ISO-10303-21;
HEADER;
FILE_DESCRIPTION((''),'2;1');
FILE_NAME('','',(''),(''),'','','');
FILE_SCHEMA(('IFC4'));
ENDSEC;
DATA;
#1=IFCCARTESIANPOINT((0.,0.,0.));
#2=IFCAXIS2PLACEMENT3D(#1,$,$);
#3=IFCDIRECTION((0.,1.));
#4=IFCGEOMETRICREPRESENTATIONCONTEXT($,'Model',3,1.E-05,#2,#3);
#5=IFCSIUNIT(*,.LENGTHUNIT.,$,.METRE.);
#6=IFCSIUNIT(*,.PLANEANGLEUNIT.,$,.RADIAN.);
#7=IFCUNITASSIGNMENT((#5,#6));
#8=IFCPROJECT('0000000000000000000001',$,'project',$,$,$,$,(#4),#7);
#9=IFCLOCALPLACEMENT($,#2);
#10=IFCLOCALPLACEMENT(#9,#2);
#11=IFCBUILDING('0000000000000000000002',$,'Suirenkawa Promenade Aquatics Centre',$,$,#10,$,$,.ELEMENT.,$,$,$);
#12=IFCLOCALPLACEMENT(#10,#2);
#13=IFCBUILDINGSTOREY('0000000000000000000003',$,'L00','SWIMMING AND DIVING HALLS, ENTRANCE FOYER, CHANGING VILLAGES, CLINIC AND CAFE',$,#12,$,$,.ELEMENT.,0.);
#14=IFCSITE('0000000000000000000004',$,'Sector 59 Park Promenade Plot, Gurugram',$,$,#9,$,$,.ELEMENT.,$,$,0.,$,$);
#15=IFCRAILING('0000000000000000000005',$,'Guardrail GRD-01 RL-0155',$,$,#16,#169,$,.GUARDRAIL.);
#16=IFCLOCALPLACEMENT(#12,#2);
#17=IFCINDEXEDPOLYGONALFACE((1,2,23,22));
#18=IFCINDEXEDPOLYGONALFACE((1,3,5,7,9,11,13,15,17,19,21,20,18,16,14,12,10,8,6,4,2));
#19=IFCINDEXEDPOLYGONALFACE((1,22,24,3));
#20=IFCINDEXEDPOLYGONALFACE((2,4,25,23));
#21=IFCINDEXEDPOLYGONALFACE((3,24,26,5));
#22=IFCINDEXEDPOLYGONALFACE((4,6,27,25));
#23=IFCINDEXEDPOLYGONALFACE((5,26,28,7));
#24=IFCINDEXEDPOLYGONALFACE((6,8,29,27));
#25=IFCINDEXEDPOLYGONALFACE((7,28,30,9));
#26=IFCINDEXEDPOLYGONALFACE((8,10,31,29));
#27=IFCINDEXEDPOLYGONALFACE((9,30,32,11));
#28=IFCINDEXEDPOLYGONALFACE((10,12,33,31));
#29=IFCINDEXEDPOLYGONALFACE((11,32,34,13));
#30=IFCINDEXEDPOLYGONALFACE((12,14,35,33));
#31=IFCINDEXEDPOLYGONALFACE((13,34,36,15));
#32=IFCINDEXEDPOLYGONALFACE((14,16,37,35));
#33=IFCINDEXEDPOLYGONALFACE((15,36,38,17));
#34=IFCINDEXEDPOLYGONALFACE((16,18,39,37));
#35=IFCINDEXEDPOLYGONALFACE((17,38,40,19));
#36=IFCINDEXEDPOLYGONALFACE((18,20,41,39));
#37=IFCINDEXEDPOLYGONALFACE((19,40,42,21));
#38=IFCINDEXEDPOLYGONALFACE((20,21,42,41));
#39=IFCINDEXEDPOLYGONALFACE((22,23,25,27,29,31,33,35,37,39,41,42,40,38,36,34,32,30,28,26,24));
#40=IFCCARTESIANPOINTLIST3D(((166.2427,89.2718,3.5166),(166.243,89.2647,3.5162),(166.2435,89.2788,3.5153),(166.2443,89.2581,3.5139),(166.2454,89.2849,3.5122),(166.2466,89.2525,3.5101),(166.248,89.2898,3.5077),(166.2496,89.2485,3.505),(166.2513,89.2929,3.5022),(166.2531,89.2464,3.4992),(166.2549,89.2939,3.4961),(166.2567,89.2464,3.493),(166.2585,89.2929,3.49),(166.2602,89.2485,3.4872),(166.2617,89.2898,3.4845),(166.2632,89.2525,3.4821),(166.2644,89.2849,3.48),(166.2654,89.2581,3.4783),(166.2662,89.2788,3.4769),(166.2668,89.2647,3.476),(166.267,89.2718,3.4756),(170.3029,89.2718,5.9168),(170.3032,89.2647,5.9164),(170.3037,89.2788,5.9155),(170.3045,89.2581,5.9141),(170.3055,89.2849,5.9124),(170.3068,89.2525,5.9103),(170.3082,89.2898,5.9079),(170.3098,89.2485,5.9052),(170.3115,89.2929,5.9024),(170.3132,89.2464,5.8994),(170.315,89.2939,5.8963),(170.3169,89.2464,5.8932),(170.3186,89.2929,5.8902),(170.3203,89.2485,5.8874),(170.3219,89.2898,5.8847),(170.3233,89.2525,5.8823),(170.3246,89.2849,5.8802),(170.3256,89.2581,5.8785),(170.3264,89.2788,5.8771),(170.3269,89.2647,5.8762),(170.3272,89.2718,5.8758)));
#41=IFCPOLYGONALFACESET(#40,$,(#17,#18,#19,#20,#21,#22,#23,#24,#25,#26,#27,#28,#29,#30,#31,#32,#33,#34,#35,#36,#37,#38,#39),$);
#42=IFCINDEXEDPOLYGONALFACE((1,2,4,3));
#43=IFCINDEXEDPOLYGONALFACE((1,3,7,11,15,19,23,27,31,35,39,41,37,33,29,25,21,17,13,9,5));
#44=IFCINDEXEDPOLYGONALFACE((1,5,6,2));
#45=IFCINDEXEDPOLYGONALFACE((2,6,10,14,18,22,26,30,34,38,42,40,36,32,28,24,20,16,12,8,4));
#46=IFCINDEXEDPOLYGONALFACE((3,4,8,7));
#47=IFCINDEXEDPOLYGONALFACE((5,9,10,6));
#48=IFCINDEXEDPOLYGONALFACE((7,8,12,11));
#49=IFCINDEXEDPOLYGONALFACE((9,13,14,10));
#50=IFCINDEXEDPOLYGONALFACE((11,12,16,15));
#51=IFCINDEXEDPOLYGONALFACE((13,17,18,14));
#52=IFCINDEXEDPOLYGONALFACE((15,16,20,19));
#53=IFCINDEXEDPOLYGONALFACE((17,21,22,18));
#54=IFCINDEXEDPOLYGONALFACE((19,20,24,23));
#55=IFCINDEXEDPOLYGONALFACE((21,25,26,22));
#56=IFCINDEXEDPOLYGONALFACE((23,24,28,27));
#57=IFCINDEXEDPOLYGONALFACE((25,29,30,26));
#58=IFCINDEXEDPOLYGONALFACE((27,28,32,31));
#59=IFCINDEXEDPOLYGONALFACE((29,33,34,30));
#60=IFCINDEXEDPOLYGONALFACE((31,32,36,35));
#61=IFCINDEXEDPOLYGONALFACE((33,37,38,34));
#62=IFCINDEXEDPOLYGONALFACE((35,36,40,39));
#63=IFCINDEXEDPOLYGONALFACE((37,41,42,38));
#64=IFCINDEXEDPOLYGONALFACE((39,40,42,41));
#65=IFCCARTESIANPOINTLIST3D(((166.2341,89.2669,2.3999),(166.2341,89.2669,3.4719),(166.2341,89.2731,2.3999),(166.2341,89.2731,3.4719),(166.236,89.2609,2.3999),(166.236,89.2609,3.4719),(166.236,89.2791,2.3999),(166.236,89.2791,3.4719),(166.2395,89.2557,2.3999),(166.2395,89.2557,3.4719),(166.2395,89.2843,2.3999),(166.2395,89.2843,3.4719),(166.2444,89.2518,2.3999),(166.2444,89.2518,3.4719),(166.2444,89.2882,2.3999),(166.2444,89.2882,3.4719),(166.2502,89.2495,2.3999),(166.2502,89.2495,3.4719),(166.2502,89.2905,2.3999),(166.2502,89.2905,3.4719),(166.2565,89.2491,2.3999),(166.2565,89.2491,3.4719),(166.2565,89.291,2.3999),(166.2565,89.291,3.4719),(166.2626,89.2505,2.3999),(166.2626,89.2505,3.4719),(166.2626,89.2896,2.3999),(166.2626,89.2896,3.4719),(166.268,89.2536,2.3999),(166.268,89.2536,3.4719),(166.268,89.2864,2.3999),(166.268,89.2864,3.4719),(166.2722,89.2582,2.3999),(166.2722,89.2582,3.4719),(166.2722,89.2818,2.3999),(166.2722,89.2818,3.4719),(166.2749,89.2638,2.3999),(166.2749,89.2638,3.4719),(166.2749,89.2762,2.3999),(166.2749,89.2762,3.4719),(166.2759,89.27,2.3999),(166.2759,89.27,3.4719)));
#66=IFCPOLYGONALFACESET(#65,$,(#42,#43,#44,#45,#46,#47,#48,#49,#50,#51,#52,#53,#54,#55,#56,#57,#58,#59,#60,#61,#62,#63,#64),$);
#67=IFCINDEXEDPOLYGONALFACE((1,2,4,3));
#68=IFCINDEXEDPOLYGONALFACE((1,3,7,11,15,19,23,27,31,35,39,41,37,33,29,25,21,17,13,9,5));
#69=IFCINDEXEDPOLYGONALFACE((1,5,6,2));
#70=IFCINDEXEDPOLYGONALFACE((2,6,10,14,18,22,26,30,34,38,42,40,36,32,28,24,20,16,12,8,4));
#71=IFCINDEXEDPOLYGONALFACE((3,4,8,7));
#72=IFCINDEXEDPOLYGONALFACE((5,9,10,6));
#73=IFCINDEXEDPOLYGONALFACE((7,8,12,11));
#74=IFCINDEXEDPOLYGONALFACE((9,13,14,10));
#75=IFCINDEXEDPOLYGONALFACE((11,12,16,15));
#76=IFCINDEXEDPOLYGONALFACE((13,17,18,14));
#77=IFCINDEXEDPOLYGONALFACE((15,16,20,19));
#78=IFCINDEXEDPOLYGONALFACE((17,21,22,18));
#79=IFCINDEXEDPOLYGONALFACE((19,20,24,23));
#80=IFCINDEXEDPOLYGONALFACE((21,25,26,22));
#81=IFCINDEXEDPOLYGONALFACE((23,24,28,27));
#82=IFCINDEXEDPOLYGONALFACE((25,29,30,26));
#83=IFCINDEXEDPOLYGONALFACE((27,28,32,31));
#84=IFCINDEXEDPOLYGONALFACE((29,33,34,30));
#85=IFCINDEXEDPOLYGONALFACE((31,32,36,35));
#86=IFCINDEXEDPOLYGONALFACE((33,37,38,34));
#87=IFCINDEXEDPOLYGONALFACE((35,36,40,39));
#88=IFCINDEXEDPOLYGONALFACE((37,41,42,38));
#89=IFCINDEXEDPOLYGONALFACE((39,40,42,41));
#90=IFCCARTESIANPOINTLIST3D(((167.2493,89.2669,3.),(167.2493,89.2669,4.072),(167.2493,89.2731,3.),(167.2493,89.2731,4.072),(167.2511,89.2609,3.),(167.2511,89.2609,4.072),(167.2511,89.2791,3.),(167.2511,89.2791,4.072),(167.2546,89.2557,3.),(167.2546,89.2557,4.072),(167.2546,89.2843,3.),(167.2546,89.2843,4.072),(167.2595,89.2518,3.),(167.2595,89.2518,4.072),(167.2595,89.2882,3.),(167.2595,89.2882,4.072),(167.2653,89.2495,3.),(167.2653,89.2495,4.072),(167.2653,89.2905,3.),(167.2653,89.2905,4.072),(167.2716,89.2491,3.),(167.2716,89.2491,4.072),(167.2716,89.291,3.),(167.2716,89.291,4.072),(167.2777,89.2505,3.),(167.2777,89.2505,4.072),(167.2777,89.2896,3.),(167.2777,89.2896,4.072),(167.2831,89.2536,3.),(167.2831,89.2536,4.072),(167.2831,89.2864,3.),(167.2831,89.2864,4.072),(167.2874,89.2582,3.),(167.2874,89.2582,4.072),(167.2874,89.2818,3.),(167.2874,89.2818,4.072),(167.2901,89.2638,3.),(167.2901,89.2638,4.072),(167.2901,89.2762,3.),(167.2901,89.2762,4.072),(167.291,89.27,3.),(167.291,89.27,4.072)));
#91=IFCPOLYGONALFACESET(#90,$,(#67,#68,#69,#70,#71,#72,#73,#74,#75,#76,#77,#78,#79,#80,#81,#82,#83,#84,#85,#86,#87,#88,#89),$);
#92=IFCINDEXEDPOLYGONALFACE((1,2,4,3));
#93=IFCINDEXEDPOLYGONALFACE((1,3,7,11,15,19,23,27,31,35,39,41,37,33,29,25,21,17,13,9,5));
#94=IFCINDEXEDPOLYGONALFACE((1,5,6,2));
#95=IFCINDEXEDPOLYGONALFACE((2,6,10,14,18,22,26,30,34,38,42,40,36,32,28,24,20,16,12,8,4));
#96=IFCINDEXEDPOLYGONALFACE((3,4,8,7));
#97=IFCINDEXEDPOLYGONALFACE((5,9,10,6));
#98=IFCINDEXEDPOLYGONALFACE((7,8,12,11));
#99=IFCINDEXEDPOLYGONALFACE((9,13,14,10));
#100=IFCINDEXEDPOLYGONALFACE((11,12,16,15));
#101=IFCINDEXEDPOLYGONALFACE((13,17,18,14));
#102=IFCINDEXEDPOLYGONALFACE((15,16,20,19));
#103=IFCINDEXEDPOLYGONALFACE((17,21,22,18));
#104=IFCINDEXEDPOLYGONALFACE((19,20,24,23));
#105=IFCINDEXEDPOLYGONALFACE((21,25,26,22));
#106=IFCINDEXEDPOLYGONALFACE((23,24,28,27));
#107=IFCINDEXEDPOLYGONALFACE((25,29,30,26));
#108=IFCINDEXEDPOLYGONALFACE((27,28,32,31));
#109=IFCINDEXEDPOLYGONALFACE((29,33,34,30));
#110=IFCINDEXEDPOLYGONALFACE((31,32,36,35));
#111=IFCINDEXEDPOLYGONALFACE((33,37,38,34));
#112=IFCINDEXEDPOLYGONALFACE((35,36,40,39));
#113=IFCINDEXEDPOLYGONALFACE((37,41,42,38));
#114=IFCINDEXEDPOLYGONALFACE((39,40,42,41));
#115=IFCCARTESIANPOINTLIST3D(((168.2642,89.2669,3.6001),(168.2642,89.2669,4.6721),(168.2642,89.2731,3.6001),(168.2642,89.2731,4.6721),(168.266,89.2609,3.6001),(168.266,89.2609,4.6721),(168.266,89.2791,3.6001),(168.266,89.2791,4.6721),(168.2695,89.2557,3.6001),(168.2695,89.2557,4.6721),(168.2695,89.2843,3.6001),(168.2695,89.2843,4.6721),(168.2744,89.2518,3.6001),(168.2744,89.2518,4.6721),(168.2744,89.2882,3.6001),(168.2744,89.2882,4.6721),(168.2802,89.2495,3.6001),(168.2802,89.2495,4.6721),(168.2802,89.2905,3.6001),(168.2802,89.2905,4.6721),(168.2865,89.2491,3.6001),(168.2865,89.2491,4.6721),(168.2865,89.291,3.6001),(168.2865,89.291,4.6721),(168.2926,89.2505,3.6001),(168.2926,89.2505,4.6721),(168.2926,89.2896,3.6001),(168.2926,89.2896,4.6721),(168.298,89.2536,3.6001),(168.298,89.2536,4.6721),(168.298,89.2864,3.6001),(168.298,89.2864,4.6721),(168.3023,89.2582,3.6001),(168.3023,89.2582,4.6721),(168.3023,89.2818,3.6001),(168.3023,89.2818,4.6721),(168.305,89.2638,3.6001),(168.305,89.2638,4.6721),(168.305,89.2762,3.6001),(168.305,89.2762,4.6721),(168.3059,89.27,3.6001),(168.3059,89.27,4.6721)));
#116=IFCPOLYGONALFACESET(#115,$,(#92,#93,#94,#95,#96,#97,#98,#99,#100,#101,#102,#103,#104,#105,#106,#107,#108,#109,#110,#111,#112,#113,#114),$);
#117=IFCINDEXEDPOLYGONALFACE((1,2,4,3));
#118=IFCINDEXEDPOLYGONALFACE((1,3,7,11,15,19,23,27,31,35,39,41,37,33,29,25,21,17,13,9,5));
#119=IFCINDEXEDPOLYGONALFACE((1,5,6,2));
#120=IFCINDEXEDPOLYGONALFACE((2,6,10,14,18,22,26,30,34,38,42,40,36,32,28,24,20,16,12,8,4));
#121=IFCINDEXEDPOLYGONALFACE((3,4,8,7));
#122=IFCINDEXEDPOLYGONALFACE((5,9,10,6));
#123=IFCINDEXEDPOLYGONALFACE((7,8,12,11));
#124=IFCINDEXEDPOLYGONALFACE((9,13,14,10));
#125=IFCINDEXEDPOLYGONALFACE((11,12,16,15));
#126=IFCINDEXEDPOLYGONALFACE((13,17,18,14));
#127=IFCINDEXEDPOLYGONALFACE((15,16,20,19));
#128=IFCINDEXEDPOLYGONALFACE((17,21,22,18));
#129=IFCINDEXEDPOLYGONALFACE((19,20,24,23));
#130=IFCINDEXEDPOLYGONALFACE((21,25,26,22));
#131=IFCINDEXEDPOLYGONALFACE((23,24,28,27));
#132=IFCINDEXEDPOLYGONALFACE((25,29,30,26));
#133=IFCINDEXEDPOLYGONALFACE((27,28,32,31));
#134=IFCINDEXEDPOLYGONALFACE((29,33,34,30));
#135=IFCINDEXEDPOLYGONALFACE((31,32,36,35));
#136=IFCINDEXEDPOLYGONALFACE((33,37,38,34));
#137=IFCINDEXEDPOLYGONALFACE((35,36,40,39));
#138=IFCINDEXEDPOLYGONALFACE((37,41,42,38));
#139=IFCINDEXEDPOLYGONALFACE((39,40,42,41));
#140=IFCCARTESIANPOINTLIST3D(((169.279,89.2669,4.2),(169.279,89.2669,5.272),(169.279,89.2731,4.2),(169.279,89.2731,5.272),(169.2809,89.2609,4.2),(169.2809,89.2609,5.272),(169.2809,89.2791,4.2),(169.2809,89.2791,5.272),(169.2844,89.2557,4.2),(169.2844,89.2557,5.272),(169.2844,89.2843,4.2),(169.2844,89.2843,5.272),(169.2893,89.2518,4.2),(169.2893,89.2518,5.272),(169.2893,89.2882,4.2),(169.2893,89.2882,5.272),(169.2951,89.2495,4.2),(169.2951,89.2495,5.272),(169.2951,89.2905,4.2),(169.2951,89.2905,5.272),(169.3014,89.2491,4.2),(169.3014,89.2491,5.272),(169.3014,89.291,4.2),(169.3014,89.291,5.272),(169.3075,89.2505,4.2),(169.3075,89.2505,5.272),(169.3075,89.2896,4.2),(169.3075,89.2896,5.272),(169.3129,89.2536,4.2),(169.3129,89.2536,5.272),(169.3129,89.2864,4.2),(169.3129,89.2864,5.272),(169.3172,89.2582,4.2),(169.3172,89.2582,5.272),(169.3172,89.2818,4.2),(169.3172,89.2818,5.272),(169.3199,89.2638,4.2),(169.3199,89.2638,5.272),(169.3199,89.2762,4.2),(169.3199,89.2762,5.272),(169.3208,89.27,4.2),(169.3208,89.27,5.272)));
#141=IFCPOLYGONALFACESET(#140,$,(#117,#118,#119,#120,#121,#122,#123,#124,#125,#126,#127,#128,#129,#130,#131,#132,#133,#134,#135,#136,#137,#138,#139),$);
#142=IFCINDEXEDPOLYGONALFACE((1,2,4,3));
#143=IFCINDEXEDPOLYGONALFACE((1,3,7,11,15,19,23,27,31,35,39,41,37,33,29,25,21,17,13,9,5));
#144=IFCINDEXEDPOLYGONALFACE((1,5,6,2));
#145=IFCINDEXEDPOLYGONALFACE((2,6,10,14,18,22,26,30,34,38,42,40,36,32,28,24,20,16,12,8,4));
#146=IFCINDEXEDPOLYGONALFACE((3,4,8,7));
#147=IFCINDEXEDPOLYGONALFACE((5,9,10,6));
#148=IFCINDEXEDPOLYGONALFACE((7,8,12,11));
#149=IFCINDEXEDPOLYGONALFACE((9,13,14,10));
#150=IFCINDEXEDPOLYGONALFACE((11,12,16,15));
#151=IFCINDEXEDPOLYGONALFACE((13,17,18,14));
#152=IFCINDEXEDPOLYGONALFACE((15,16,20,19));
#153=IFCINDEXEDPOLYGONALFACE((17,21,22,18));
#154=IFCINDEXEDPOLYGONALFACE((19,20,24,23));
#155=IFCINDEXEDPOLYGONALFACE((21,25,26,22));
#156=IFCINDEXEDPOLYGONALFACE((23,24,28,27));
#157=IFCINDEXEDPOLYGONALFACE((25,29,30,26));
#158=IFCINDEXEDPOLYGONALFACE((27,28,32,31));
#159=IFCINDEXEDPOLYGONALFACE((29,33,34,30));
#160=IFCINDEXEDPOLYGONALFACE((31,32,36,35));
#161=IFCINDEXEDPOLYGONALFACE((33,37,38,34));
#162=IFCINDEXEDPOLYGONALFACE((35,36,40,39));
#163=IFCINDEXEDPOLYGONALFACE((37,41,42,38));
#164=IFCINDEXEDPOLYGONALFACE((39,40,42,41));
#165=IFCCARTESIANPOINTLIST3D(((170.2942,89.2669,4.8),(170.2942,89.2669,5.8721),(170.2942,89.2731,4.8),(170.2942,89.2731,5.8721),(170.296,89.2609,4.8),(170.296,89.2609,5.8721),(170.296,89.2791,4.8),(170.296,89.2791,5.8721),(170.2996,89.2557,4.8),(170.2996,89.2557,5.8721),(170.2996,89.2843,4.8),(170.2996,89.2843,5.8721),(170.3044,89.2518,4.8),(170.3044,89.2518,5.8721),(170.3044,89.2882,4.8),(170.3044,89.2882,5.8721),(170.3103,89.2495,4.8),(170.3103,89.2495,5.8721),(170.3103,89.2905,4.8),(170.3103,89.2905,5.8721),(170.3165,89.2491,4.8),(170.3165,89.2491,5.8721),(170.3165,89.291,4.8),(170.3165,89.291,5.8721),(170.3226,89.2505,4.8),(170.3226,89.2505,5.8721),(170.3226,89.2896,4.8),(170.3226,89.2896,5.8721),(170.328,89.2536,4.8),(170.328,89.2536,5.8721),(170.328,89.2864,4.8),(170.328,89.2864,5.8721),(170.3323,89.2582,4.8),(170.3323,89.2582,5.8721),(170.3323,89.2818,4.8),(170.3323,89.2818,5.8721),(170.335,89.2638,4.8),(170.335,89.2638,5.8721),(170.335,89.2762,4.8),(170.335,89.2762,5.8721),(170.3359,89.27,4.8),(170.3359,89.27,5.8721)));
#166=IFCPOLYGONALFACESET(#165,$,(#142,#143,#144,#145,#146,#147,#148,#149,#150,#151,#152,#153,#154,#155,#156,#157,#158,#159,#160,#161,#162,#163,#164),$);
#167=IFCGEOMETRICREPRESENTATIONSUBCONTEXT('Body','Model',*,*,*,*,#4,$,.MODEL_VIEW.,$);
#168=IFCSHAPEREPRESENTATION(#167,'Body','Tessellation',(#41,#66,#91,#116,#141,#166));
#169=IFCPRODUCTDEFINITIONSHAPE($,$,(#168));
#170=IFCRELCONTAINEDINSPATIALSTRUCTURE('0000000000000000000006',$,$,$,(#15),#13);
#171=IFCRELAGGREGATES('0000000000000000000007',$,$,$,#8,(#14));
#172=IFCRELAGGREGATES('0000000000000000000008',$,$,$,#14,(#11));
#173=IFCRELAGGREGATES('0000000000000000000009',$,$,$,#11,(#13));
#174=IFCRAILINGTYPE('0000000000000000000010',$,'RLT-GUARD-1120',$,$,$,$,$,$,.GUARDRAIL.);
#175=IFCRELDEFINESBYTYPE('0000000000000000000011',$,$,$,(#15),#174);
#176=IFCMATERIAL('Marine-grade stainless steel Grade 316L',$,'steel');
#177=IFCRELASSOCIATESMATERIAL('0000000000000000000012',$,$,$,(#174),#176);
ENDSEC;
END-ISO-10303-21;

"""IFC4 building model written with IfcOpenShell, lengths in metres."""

from ifc_helpers import new_model, si_unit, direction, frame, origin, origin_2d, place, context, subcontext, project, spatial, circle, extrude, material, type_object, element, save


model = new_model("IFC4")

# Units and contexts
model_context = context("Model", 3, precision=1e-05, world=origin(), true_north=direction((0.0, 1.0)))
body_context = subcontext(model_context, "Body", "Model", "MODEL_VIEW")
ifc_project = project(units=[si_unit("LENGTHUNIT", "METRE"), si_unit("PLANEANGLEUNIT", "RADIAN")], contexts=[model_context])

# Site, building, storey
site_placement = place(None, origin())
site = spatial("IfcSite", under=ifc_project, at=site_placement, Name="Sector 59 Park Promenade Plot, Gurugram", CompositionType="ELEMENT", RefElevation=0.0)
building_placement = place(site_placement, origin())
building = spatial("IfcBuilding", under=site, at=building_placement, Name="Suirenkawa Promenade Aquatics Centre", CompositionType="ELEMENT")
storey_placement = place(building_placement, origin())
storey = spatial("IfcBuildingStorey", under=building, at=storey_placement, Name="L00", Description="SWIMMING AND DIVING HALLS, ENTRANCE FOYER, CHANGING VILLAGES, CLINIC AND CAFE", CompositionType="ELEMENT", Elevation=0.0)

# Shared definitions
ifc_material_1 = material(Name="Marine-grade stainless steel Grade 316L", Category="steel")

# Railing
railing_type_1 = type_object("IfcRailingType", Name="RLT-GUARD-1120", PredefinedType="GUARDRAIL", material=ifc_material_1)
for number, where, name in (
    (1, (166.2549, 89.27, 2.3999), "Guardrail GRD-01 RL-0155"),
):
    element("IfcRailing", number, at=place(storey_placement, frame(where)), inside=storey, type_object=railing_type_1, Name=name, PredefinedType="GUARDRAIL", context=body_context, shape_type="SweptSolid", body=[
        extrude(circle(Radius=0.0239, at=origin_2d()), frame((0.0, 0.0, 1.0962), z_axis=(0.860832, 0.0, 0.50889), x_axis=(0.0, 1.0, 0.0)), (0.0, 0.0, 1.0), 4.7166),
        extrude(circle(Radius=0.021, at=origin_2d()), origin(), (0.0, 0.0, 1.0), 1.072),
        extrude(circle(Radius=0.021, at=origin_2d()), frame((1.0151, 0.0, 0.6001)), (0.0, 0.0, 1.0), 1.072),
        extrude(circle(Radius=0.021, at=origin_2d()), frame((2.03, 0.0, 1.2002)), (0.0, 0.0, 1.0), 1.072),
        extrude(circle(Radius=0.021, at=origin_2d()), frame((3.0449, 0.0, 1.8)), (0.0, 0.0, 1.0), 1.072),
        extrude(circle(Radius=0.021, at=origin_2d()), frame((4.0601, 0.0, 2.4001)), (0.0, 0.0, 1.0), 1.072),
    ])

save(model, "model.ifc")
